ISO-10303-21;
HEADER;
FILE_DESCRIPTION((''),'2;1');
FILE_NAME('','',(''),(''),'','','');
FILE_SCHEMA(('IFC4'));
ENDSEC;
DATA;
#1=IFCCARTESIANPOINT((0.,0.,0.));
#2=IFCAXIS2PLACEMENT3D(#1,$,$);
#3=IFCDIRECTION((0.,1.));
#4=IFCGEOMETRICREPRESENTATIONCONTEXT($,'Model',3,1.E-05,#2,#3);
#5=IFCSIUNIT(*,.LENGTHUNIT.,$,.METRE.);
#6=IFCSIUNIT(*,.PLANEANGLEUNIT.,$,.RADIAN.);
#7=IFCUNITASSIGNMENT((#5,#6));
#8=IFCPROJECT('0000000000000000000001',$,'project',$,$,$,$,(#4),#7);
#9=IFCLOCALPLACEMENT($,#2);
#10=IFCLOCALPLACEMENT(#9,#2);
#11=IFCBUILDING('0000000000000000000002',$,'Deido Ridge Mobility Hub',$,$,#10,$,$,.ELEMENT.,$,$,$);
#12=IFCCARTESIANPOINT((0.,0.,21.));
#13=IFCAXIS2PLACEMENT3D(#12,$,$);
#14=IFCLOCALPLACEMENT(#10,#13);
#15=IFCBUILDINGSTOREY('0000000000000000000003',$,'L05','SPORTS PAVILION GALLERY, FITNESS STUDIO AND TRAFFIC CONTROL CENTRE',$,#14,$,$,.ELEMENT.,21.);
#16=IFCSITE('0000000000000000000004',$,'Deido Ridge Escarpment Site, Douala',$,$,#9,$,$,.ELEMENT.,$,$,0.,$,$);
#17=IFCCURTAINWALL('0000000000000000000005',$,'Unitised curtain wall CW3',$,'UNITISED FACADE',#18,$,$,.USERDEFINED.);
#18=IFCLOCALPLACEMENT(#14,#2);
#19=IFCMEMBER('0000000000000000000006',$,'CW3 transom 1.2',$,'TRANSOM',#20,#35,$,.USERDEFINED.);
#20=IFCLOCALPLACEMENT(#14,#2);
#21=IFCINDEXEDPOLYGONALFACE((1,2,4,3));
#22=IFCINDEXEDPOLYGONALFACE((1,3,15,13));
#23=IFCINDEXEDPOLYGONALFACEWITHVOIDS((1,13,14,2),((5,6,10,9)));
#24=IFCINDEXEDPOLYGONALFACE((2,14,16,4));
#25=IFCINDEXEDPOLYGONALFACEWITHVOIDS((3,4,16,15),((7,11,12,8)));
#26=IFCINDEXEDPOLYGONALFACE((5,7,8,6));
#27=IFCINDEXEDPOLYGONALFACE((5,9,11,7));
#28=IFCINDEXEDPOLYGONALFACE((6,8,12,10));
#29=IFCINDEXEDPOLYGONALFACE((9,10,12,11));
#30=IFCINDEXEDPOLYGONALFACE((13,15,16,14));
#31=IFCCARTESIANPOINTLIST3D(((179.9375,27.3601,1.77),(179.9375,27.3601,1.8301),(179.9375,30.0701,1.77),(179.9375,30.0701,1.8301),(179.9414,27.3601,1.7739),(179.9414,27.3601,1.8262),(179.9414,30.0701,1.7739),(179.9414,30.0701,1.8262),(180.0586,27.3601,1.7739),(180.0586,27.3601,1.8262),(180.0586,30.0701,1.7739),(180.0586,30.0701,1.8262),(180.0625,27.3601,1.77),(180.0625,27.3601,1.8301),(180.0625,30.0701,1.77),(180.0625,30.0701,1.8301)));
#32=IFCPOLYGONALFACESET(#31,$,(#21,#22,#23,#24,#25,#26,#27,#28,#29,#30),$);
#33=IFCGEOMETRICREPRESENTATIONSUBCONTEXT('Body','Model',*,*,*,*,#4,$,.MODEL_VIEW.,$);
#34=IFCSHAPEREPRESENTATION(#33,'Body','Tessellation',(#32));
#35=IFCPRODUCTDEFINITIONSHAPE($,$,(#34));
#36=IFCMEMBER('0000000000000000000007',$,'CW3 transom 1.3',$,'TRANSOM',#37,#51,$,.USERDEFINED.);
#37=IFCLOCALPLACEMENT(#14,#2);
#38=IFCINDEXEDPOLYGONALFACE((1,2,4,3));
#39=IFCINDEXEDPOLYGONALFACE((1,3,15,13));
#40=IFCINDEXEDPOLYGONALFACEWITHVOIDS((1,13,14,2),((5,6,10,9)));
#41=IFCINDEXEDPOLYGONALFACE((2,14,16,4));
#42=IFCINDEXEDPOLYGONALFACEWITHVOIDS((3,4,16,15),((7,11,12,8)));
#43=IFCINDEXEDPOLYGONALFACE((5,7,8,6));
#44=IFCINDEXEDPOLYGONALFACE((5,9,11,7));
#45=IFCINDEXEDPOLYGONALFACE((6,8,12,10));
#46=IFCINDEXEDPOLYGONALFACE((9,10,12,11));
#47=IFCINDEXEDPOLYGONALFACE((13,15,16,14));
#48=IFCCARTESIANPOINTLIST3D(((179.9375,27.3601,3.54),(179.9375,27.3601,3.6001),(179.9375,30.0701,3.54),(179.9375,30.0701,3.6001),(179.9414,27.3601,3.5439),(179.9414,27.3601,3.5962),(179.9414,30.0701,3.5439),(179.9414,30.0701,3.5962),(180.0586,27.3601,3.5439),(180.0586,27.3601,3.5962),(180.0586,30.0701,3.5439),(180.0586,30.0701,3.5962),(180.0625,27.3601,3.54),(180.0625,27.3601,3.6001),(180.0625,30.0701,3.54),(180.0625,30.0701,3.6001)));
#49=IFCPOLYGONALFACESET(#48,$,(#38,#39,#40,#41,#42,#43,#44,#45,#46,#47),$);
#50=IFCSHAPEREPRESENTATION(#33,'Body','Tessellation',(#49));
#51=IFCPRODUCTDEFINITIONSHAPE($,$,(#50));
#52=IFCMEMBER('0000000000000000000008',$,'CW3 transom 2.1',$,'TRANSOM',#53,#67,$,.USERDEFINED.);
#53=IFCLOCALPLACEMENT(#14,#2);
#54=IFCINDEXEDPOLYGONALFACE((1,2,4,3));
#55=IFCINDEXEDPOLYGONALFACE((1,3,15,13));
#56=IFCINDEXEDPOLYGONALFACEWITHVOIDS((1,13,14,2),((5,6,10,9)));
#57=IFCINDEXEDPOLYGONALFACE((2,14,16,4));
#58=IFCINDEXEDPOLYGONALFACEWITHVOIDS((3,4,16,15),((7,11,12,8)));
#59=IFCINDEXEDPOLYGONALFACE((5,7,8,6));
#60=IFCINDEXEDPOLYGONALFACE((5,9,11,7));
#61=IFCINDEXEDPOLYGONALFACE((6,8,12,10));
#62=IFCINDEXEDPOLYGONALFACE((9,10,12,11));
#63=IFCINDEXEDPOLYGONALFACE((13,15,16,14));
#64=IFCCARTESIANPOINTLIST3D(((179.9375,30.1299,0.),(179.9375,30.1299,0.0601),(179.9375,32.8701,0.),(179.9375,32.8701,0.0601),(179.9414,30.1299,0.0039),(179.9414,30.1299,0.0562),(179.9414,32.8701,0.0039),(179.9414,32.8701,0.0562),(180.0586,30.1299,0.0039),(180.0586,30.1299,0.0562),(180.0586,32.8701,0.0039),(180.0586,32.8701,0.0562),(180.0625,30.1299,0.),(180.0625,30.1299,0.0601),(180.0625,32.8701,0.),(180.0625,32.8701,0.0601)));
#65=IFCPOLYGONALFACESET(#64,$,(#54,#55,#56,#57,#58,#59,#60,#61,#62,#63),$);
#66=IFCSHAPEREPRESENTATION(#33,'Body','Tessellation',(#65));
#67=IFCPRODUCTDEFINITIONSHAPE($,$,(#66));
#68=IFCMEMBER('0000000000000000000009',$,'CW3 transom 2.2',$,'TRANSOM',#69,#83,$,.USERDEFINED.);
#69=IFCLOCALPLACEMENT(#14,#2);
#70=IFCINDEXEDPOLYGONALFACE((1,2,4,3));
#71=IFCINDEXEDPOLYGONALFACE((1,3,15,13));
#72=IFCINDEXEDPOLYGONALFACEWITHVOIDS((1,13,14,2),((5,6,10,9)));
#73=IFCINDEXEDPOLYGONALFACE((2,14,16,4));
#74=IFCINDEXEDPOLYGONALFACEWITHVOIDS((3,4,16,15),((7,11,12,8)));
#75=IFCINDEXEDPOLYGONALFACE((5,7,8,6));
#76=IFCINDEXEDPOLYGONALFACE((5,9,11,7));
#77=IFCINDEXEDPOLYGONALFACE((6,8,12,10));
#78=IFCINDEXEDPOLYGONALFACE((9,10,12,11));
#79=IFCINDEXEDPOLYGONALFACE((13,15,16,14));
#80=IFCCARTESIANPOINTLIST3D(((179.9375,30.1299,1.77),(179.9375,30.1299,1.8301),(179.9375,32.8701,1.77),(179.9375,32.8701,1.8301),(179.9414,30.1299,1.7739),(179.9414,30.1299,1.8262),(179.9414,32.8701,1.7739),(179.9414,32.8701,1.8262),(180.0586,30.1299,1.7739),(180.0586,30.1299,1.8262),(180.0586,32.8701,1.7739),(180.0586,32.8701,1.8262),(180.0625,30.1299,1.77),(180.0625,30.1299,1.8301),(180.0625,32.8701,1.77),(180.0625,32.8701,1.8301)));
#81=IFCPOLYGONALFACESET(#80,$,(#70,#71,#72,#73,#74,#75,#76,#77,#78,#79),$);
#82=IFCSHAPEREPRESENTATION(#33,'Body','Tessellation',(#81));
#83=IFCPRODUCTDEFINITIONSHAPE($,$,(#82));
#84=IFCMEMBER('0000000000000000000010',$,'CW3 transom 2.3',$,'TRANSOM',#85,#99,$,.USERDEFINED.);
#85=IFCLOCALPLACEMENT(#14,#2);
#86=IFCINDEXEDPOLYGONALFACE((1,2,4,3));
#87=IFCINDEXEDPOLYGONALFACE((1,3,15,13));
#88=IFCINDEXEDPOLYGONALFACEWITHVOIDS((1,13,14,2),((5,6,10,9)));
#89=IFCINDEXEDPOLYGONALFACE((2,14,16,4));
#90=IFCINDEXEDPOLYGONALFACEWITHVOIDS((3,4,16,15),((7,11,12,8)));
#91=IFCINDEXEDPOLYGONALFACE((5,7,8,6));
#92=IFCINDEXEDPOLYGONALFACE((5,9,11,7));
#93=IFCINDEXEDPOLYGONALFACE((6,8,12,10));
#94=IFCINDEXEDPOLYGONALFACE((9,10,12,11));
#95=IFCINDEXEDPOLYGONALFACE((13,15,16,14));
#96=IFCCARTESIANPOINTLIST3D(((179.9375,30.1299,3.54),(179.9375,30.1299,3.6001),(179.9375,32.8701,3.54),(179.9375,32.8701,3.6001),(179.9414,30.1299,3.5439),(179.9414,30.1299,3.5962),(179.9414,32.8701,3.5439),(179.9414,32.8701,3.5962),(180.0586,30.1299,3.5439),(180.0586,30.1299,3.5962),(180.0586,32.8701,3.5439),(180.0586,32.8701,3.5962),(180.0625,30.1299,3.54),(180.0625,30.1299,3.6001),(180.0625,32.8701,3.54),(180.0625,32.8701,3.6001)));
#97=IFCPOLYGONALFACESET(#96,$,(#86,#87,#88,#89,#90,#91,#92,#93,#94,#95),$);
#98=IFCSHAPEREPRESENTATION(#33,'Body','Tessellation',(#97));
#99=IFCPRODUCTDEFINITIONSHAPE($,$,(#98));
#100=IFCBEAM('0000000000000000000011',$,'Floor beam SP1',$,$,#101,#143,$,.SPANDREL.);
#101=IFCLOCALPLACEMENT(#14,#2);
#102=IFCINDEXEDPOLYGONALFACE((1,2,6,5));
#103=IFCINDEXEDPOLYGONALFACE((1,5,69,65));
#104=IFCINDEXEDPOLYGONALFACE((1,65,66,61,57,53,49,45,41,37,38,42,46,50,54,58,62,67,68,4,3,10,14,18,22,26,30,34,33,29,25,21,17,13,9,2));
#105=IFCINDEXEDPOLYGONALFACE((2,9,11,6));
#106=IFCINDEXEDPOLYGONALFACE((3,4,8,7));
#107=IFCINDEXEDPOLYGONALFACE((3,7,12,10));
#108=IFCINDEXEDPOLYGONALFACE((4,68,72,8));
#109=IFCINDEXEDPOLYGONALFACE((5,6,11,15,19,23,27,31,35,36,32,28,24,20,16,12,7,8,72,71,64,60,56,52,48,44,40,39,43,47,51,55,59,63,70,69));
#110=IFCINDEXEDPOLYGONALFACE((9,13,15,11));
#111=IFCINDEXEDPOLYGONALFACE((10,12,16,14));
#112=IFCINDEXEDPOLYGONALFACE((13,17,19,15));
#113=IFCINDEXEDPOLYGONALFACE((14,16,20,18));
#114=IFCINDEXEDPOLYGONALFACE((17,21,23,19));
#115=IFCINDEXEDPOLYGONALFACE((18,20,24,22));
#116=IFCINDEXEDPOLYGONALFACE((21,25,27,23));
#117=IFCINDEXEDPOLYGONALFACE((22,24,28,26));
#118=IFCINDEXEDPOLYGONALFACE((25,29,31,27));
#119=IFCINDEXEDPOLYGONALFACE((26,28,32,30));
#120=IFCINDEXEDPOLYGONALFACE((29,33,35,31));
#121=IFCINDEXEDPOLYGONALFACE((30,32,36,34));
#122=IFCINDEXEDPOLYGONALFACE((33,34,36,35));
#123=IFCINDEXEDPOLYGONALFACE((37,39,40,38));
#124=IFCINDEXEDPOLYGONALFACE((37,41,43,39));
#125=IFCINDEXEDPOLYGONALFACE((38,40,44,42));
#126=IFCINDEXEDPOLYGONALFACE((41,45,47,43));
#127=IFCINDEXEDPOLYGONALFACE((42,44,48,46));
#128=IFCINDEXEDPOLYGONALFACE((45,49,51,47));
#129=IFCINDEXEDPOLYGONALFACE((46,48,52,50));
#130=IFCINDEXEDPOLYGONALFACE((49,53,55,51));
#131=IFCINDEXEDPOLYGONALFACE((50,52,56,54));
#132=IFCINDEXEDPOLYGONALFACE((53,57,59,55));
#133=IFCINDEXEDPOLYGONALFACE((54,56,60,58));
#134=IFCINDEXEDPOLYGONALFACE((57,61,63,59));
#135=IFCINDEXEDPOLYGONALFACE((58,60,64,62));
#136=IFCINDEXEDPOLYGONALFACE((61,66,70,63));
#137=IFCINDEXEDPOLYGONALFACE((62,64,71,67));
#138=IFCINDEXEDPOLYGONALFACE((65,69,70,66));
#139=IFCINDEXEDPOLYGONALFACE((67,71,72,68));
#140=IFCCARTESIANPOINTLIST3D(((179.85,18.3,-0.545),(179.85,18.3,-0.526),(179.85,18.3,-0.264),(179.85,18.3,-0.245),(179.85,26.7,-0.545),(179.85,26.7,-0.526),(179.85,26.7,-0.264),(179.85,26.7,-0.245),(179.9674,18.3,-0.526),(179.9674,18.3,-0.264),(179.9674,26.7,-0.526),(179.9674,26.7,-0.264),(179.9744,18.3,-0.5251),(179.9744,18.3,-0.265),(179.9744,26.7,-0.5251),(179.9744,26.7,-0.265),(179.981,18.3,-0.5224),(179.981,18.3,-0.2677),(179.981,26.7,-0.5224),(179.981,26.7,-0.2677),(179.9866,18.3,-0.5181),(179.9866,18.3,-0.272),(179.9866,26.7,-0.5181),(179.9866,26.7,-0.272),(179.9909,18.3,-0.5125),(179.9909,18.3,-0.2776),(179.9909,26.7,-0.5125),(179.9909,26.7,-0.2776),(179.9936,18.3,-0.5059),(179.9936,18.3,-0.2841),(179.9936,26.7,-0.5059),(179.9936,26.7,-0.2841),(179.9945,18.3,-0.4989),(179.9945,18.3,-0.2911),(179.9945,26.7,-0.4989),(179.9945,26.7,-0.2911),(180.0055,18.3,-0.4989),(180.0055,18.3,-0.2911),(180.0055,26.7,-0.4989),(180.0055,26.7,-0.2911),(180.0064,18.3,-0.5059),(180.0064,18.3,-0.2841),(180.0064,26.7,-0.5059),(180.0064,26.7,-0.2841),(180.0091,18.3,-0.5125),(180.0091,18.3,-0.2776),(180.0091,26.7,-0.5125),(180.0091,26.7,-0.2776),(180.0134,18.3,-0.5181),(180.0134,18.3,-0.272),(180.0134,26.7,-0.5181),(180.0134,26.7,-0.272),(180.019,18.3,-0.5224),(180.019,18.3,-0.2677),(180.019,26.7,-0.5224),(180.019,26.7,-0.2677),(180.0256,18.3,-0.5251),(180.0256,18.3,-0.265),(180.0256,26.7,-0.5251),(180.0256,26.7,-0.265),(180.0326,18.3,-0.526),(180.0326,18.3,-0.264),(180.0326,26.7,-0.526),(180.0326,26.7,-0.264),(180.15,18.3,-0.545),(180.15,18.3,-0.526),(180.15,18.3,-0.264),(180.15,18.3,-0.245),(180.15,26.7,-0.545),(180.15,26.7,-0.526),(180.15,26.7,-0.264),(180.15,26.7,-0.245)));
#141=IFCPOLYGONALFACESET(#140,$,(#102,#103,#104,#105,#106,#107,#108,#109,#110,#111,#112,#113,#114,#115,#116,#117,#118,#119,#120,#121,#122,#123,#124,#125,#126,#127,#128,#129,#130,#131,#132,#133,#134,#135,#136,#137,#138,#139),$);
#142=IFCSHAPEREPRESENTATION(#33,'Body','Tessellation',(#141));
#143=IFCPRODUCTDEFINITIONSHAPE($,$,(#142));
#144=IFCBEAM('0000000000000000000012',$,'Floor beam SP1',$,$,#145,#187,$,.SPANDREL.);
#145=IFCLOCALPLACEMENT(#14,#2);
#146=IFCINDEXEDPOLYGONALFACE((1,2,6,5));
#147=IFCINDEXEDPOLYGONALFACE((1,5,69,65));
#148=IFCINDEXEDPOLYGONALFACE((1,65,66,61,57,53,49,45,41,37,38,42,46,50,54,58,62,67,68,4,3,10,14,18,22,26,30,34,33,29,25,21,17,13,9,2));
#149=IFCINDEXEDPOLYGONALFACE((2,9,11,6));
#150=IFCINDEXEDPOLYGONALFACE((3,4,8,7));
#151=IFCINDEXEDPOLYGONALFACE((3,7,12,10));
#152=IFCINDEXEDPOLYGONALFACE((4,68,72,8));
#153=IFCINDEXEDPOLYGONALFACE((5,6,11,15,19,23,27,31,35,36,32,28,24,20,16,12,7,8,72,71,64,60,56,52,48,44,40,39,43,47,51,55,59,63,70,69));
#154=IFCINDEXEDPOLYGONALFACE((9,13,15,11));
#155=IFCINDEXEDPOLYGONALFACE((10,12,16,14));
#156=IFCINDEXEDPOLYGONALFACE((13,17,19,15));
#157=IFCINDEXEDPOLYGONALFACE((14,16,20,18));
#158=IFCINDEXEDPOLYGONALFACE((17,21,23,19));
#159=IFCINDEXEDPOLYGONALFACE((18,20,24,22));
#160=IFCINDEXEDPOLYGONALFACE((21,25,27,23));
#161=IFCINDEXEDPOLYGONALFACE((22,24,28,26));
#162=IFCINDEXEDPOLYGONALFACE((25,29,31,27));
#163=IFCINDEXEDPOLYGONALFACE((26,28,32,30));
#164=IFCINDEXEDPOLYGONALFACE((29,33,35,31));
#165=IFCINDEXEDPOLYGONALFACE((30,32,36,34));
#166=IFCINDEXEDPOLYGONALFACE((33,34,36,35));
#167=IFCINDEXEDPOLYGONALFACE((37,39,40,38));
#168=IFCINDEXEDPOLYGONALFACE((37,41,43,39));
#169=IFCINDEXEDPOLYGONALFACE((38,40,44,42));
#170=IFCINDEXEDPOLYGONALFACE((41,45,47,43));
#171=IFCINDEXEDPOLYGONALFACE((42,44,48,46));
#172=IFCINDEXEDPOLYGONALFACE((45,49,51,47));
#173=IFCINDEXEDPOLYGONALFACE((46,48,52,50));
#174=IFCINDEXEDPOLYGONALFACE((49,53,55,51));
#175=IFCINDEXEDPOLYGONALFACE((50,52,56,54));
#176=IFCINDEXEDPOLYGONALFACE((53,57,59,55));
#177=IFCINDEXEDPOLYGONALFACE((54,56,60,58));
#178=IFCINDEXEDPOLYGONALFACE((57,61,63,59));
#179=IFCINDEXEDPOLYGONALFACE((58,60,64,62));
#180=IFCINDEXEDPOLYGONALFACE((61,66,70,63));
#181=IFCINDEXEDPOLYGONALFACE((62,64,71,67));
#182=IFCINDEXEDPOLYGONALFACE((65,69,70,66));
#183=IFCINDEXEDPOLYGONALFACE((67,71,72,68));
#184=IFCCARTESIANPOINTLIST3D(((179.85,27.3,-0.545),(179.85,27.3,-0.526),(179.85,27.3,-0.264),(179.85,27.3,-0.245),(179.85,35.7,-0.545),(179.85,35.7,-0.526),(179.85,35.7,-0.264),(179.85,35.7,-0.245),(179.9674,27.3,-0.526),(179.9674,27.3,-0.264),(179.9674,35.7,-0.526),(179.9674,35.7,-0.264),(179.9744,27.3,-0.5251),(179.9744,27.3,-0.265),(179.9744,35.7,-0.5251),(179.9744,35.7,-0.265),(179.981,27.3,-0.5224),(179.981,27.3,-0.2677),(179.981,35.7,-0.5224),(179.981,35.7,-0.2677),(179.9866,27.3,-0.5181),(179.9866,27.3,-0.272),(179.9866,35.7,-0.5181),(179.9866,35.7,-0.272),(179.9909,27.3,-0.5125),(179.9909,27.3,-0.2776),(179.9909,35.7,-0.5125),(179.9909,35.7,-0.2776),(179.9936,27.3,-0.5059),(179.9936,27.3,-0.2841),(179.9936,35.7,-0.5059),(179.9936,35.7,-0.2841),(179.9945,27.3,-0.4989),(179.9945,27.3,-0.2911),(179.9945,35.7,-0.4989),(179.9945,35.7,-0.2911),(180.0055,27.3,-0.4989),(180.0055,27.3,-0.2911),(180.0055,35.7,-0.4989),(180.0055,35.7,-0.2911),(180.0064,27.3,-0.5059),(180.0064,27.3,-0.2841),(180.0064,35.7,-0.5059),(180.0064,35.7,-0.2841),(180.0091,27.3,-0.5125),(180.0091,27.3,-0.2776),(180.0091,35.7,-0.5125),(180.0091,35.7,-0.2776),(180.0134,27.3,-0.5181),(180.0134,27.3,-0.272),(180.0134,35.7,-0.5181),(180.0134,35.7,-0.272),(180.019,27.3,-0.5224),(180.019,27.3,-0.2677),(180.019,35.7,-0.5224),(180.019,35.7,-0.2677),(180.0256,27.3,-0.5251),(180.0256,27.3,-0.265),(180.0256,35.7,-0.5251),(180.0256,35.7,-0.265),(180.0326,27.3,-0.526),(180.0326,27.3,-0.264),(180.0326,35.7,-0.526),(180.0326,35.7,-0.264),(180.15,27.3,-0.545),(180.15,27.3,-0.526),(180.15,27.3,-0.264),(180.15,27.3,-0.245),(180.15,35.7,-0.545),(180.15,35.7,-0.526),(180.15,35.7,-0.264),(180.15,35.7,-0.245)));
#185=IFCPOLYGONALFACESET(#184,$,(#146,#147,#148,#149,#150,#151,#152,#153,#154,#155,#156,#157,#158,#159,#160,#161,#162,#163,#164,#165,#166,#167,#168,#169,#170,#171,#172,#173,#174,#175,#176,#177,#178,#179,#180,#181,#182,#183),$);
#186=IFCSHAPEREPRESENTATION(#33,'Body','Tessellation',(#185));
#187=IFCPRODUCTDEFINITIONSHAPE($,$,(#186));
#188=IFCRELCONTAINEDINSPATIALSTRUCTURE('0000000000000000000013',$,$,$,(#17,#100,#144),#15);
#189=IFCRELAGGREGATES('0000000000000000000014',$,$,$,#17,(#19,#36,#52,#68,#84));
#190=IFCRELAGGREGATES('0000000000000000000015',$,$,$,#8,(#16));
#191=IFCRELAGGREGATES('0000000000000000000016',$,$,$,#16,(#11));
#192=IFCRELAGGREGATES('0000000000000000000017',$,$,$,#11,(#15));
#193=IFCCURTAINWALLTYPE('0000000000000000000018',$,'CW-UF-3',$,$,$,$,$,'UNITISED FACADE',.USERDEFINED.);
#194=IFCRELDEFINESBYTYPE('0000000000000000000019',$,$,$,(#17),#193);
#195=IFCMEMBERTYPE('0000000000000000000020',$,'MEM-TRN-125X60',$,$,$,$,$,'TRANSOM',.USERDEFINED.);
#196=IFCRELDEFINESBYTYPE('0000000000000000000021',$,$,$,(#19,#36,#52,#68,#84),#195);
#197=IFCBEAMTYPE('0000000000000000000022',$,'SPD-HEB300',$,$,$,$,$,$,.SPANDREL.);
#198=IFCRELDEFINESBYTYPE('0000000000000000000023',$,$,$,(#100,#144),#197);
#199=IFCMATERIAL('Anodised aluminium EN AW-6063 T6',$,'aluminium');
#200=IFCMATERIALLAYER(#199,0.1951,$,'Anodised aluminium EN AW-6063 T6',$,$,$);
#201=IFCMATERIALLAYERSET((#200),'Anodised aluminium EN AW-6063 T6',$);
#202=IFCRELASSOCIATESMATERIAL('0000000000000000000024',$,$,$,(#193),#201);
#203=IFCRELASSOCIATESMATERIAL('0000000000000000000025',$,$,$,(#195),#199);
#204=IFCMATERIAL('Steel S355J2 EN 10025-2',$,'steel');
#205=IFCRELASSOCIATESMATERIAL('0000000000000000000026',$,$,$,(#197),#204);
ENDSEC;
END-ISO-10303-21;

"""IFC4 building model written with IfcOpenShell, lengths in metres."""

from ifc_helpers import new_model, si_unit, direction, frame, origin, origin_2d, place, context, subcontext, project, spatial, hollow_rectangle, i_section, extrude, material, layer, layer_set, material_profile, profile_set, type_object, element, aggregate, save


model = new_model("IFC4")

# Units and contexts
model_context = context("Model", 3, precision=1e-05, world=origin(), true_north=direction((0.0, 1.0)))
body_context = subcontext(model_context, "Body", "Model", "MODEL_VIEW")
ifc_project = project(units=[si_unit("LENGTHUNIT", "METRE"), si_unit("PLANEANGLEUNIT", "RADIAN")], contexts=[model_context])

# Site, building, storey
site_placement = place(None, origin())
site = spatial("IfcSite", under=ifc_project, at=site_placement, Name="Deido Ridge Escarpment Site, Douala", CompositionType="ELEMENT", RefElevation=0.0)
building_placement = place(site_placement, origin())
building = spatial("IfcBuilding", under=site, at=building_placement, Name="Deido Ridge Mobility Hub", CompositionType="ELEMENT")
storey_placement = place(building_placement, frame((0.0, 0.0, 21.0)))
storey = spatial("IfcBuildingStorey", under=building, at=storey_placement, Name="L05", Description="SPORTS PAVILION GALLERY, FITNESS STUDIO AND TRAFFIC CONTROL CENTRE", CompositionType="ELEMENT", Elevation=21.0)

# Shared definitions
ifc_material_1 = material(Name="Steel S355J2 EN 10025-2", Category="steel")

# Curtain wall
ifc_material_2 = material(Name="Anodised aluminium EN AW-6063 T6", Category="aluminium")
ifc_layer_1 = layer(ifc_material_2, 0.1951, Name="Anodised aluminium EN AW-6063 T6")
ifc_layer_set_1 = layer_set([ifc_layer_1], Name="Anodised aluminium EN AW-6063 T6")
curtain_wall_type_1 = type_object("IfcCurtainWallType", Name="CW-UF-3", ElementType="UNITISED FACADE", PredefinedType="USERDEFINED", material=ifc_layer_set_1)
curtain_wall_1_placement = place(storey_placement, origin())
curtain_wall_1 = element("IfcCurtainWall", 1, at=curtain_wall_1_placement, inside=storey, type_object=curtain_wall_type_1, Name="Unitised curtain wall CW3", ObjectType="UNITISED FACADE", PredefinedType="USERDEFINED")

# Members
ifc_material_profile_1 = material_profile(ifc_material_2, hollow_rectangle(XDim=0.125, YDim=0.0601, WallThickness=0.0039, at=origin_2d()), Name="RHS 125x60x4")
ifc_profile_set_1 = profile_set([ifc_material_profile_1], Name="Anodised aluminium EN AW-6063 T6")
member_type_1 = type_object("IfcMemberType", Name="MEM-TRN-125X60", ElementType="TRANSOM", PredefinedType="USERDEFINED", material=ifc_profile_set_1)
member_1_placement = place(storey_placement, frame((180.0, 27.3601, 1.8), z_axis=(0.0, 1.0, 0.0), x_axis=(-1.0, 0.0, 0.0)))
member_1 = element("IfcMember", 2, at=member_1_placement, type_object=member_type_1, Name="CW3 transom 1.2", ObjectType="TRANSOM", PredefinedType="USERDEFINED", context=body_context, shape_type="SweptSolid", body=[
    extrude(hollow_rectangle(XDim=0.125, YDim=0.0601, WallThickness=0.0039, at=origin_2d()), origin(), (0.0, 0.0, 1.0), 2.71),
])
member_2_placement = place(storey_placement, frame((180.0, 27.3601, 3.5701), z_axis=(0.0, 1.0, 0.0), x_axis=(-1.0, 0.0, 0.0)))
member_2 = element("IfcMember", 3, at=member_2_placement, type_object=member_type_1, Name="CW3 transom 1.3", ObjectType="TRANSOM", PredefinedType="USERDEFINED", context=body_context, shape_type="SweptSolid", body=[
    extrude(hollow_rectangle(XDim=0.125, YDim=0.0601, WallThickness=0.0039, at=origin_2d()), origin(), (0.0, 0.0, 1.0), 2.71),
])
member_3_placement = place(storey_placement, frame((180.0, 30.1299, 0.03), z_axis=(0.0, 1.0, 0.0), x_axis=(-1.0, 0.0, 0.0)))
member_3 = element("IfcMember", 4, at=member_3_placement, type_object=member_type_1, Name="CW3 transom 2.1", ObjectType="TRANSOM", PredefinedType="USERDEFINED", context=body_context, shape_type="SweptSolid", body=[
    extrude(hollow_rectangle(XDim=0.125, YDim=0.0601, WallThickness=0.0039, at=origin_2d()), origin(), (0.0, 0.0, 1.0), 2.7402),
])
member_4_placement = place(storey_placement, frame((180.0, 30.1299, 1.8), z_axis=(0.0, 1.0, 0.0), x_axis=(-1.0, 0.0, 0.0)))
member_4 = element("IfcMember", 5, at=member_4_placement, type_object=member_type_1, Name="CW3 transom 2.2", ObjectType="TRANSOM", PredefinedType="USERDEFINED", context=body_context, shape_type="SweptSolid", body=[
    extrude(hollow_rectangle(XDim=0.125, YDim=0.0601, WallThickness=0.0039, at=origin_2d()), origin(), (0.0, 0.0, 1.0), 2.7402),
])
member_5_placement = place(storey_placement, frame((180.0, 30.1299, 3.5701), z_axis=(0.0, 1.0, 0.0), x_axis=(-1.0, 0.0, 0.0)))
member_5 = element("IfcMember", 6, at=member_5_placement, type_object=member_type_1, Name="CW3 transom 2.3", ObjectType="TRANSOM", PredefinedType="USERDEFINED", context=body_context, shape_type="SweptSolid", body=[
    extrude(hollow_rectangle(XDim=0.125, YDim=0.0601, WallThickness=0.0039, at=origin_2d()), origin(), (0.0, 0.0, 1.0), 2.7402),
])

# Beams
ifc_material_profile_2 = material_profile(ifc_material_1, i_section(OverallWidth=0.3, OverallDepth=0.3, WebThickness=0.011, FlangeThickness=0.019, FilletRadius=0.0271, at=origin_2d()), Name="HEB 300")
ifc_profile_set_2 = profile_set([ifc_material_profile_2], Name="Steel S355J2 EN 10025-2")
beam_type = type_object("IfcBeamType", Name="SPD-HEB300", PredefinedType="SPANDREL", material=ifc_profile_set_2)
for number, where, z_axis, x_axis, name in (
    (7, (180.0, 18.3, -0.395), (0.0, 1.0, 0.0), (-1.0, 0.0, 0.0), "Floor beam SP1"),
    (8, (180.0, 27.3, -0.395), (0.0, 1.0, 0.0), (-1.0, 0.0, 0.0), "Floor beam SP1"),
):
    element("IfcBeam", number, at=place(storey_placement, frame(where, z_axis=z_axis, x_axis=x_axis)), inside=storey, type_object=beam_type, Name=name, PredefinedType="SPANDREL", context=body_context, shape_type="SweptSolid", body=[
        extrude(i_section(OverallWidth=0.3, OverallDepth=0.3, WebThickness=0.011, FlangeThickness=0.019, FilletRadius=0.0271, at=origin_2d()), origin(), (0.0, 0.0, 1.0), 8.3999),
    ])

aggregate(curtain_wall_1, [member_1, member_2, member_3, member_4, member_5])

save(model, "model.ifc")
